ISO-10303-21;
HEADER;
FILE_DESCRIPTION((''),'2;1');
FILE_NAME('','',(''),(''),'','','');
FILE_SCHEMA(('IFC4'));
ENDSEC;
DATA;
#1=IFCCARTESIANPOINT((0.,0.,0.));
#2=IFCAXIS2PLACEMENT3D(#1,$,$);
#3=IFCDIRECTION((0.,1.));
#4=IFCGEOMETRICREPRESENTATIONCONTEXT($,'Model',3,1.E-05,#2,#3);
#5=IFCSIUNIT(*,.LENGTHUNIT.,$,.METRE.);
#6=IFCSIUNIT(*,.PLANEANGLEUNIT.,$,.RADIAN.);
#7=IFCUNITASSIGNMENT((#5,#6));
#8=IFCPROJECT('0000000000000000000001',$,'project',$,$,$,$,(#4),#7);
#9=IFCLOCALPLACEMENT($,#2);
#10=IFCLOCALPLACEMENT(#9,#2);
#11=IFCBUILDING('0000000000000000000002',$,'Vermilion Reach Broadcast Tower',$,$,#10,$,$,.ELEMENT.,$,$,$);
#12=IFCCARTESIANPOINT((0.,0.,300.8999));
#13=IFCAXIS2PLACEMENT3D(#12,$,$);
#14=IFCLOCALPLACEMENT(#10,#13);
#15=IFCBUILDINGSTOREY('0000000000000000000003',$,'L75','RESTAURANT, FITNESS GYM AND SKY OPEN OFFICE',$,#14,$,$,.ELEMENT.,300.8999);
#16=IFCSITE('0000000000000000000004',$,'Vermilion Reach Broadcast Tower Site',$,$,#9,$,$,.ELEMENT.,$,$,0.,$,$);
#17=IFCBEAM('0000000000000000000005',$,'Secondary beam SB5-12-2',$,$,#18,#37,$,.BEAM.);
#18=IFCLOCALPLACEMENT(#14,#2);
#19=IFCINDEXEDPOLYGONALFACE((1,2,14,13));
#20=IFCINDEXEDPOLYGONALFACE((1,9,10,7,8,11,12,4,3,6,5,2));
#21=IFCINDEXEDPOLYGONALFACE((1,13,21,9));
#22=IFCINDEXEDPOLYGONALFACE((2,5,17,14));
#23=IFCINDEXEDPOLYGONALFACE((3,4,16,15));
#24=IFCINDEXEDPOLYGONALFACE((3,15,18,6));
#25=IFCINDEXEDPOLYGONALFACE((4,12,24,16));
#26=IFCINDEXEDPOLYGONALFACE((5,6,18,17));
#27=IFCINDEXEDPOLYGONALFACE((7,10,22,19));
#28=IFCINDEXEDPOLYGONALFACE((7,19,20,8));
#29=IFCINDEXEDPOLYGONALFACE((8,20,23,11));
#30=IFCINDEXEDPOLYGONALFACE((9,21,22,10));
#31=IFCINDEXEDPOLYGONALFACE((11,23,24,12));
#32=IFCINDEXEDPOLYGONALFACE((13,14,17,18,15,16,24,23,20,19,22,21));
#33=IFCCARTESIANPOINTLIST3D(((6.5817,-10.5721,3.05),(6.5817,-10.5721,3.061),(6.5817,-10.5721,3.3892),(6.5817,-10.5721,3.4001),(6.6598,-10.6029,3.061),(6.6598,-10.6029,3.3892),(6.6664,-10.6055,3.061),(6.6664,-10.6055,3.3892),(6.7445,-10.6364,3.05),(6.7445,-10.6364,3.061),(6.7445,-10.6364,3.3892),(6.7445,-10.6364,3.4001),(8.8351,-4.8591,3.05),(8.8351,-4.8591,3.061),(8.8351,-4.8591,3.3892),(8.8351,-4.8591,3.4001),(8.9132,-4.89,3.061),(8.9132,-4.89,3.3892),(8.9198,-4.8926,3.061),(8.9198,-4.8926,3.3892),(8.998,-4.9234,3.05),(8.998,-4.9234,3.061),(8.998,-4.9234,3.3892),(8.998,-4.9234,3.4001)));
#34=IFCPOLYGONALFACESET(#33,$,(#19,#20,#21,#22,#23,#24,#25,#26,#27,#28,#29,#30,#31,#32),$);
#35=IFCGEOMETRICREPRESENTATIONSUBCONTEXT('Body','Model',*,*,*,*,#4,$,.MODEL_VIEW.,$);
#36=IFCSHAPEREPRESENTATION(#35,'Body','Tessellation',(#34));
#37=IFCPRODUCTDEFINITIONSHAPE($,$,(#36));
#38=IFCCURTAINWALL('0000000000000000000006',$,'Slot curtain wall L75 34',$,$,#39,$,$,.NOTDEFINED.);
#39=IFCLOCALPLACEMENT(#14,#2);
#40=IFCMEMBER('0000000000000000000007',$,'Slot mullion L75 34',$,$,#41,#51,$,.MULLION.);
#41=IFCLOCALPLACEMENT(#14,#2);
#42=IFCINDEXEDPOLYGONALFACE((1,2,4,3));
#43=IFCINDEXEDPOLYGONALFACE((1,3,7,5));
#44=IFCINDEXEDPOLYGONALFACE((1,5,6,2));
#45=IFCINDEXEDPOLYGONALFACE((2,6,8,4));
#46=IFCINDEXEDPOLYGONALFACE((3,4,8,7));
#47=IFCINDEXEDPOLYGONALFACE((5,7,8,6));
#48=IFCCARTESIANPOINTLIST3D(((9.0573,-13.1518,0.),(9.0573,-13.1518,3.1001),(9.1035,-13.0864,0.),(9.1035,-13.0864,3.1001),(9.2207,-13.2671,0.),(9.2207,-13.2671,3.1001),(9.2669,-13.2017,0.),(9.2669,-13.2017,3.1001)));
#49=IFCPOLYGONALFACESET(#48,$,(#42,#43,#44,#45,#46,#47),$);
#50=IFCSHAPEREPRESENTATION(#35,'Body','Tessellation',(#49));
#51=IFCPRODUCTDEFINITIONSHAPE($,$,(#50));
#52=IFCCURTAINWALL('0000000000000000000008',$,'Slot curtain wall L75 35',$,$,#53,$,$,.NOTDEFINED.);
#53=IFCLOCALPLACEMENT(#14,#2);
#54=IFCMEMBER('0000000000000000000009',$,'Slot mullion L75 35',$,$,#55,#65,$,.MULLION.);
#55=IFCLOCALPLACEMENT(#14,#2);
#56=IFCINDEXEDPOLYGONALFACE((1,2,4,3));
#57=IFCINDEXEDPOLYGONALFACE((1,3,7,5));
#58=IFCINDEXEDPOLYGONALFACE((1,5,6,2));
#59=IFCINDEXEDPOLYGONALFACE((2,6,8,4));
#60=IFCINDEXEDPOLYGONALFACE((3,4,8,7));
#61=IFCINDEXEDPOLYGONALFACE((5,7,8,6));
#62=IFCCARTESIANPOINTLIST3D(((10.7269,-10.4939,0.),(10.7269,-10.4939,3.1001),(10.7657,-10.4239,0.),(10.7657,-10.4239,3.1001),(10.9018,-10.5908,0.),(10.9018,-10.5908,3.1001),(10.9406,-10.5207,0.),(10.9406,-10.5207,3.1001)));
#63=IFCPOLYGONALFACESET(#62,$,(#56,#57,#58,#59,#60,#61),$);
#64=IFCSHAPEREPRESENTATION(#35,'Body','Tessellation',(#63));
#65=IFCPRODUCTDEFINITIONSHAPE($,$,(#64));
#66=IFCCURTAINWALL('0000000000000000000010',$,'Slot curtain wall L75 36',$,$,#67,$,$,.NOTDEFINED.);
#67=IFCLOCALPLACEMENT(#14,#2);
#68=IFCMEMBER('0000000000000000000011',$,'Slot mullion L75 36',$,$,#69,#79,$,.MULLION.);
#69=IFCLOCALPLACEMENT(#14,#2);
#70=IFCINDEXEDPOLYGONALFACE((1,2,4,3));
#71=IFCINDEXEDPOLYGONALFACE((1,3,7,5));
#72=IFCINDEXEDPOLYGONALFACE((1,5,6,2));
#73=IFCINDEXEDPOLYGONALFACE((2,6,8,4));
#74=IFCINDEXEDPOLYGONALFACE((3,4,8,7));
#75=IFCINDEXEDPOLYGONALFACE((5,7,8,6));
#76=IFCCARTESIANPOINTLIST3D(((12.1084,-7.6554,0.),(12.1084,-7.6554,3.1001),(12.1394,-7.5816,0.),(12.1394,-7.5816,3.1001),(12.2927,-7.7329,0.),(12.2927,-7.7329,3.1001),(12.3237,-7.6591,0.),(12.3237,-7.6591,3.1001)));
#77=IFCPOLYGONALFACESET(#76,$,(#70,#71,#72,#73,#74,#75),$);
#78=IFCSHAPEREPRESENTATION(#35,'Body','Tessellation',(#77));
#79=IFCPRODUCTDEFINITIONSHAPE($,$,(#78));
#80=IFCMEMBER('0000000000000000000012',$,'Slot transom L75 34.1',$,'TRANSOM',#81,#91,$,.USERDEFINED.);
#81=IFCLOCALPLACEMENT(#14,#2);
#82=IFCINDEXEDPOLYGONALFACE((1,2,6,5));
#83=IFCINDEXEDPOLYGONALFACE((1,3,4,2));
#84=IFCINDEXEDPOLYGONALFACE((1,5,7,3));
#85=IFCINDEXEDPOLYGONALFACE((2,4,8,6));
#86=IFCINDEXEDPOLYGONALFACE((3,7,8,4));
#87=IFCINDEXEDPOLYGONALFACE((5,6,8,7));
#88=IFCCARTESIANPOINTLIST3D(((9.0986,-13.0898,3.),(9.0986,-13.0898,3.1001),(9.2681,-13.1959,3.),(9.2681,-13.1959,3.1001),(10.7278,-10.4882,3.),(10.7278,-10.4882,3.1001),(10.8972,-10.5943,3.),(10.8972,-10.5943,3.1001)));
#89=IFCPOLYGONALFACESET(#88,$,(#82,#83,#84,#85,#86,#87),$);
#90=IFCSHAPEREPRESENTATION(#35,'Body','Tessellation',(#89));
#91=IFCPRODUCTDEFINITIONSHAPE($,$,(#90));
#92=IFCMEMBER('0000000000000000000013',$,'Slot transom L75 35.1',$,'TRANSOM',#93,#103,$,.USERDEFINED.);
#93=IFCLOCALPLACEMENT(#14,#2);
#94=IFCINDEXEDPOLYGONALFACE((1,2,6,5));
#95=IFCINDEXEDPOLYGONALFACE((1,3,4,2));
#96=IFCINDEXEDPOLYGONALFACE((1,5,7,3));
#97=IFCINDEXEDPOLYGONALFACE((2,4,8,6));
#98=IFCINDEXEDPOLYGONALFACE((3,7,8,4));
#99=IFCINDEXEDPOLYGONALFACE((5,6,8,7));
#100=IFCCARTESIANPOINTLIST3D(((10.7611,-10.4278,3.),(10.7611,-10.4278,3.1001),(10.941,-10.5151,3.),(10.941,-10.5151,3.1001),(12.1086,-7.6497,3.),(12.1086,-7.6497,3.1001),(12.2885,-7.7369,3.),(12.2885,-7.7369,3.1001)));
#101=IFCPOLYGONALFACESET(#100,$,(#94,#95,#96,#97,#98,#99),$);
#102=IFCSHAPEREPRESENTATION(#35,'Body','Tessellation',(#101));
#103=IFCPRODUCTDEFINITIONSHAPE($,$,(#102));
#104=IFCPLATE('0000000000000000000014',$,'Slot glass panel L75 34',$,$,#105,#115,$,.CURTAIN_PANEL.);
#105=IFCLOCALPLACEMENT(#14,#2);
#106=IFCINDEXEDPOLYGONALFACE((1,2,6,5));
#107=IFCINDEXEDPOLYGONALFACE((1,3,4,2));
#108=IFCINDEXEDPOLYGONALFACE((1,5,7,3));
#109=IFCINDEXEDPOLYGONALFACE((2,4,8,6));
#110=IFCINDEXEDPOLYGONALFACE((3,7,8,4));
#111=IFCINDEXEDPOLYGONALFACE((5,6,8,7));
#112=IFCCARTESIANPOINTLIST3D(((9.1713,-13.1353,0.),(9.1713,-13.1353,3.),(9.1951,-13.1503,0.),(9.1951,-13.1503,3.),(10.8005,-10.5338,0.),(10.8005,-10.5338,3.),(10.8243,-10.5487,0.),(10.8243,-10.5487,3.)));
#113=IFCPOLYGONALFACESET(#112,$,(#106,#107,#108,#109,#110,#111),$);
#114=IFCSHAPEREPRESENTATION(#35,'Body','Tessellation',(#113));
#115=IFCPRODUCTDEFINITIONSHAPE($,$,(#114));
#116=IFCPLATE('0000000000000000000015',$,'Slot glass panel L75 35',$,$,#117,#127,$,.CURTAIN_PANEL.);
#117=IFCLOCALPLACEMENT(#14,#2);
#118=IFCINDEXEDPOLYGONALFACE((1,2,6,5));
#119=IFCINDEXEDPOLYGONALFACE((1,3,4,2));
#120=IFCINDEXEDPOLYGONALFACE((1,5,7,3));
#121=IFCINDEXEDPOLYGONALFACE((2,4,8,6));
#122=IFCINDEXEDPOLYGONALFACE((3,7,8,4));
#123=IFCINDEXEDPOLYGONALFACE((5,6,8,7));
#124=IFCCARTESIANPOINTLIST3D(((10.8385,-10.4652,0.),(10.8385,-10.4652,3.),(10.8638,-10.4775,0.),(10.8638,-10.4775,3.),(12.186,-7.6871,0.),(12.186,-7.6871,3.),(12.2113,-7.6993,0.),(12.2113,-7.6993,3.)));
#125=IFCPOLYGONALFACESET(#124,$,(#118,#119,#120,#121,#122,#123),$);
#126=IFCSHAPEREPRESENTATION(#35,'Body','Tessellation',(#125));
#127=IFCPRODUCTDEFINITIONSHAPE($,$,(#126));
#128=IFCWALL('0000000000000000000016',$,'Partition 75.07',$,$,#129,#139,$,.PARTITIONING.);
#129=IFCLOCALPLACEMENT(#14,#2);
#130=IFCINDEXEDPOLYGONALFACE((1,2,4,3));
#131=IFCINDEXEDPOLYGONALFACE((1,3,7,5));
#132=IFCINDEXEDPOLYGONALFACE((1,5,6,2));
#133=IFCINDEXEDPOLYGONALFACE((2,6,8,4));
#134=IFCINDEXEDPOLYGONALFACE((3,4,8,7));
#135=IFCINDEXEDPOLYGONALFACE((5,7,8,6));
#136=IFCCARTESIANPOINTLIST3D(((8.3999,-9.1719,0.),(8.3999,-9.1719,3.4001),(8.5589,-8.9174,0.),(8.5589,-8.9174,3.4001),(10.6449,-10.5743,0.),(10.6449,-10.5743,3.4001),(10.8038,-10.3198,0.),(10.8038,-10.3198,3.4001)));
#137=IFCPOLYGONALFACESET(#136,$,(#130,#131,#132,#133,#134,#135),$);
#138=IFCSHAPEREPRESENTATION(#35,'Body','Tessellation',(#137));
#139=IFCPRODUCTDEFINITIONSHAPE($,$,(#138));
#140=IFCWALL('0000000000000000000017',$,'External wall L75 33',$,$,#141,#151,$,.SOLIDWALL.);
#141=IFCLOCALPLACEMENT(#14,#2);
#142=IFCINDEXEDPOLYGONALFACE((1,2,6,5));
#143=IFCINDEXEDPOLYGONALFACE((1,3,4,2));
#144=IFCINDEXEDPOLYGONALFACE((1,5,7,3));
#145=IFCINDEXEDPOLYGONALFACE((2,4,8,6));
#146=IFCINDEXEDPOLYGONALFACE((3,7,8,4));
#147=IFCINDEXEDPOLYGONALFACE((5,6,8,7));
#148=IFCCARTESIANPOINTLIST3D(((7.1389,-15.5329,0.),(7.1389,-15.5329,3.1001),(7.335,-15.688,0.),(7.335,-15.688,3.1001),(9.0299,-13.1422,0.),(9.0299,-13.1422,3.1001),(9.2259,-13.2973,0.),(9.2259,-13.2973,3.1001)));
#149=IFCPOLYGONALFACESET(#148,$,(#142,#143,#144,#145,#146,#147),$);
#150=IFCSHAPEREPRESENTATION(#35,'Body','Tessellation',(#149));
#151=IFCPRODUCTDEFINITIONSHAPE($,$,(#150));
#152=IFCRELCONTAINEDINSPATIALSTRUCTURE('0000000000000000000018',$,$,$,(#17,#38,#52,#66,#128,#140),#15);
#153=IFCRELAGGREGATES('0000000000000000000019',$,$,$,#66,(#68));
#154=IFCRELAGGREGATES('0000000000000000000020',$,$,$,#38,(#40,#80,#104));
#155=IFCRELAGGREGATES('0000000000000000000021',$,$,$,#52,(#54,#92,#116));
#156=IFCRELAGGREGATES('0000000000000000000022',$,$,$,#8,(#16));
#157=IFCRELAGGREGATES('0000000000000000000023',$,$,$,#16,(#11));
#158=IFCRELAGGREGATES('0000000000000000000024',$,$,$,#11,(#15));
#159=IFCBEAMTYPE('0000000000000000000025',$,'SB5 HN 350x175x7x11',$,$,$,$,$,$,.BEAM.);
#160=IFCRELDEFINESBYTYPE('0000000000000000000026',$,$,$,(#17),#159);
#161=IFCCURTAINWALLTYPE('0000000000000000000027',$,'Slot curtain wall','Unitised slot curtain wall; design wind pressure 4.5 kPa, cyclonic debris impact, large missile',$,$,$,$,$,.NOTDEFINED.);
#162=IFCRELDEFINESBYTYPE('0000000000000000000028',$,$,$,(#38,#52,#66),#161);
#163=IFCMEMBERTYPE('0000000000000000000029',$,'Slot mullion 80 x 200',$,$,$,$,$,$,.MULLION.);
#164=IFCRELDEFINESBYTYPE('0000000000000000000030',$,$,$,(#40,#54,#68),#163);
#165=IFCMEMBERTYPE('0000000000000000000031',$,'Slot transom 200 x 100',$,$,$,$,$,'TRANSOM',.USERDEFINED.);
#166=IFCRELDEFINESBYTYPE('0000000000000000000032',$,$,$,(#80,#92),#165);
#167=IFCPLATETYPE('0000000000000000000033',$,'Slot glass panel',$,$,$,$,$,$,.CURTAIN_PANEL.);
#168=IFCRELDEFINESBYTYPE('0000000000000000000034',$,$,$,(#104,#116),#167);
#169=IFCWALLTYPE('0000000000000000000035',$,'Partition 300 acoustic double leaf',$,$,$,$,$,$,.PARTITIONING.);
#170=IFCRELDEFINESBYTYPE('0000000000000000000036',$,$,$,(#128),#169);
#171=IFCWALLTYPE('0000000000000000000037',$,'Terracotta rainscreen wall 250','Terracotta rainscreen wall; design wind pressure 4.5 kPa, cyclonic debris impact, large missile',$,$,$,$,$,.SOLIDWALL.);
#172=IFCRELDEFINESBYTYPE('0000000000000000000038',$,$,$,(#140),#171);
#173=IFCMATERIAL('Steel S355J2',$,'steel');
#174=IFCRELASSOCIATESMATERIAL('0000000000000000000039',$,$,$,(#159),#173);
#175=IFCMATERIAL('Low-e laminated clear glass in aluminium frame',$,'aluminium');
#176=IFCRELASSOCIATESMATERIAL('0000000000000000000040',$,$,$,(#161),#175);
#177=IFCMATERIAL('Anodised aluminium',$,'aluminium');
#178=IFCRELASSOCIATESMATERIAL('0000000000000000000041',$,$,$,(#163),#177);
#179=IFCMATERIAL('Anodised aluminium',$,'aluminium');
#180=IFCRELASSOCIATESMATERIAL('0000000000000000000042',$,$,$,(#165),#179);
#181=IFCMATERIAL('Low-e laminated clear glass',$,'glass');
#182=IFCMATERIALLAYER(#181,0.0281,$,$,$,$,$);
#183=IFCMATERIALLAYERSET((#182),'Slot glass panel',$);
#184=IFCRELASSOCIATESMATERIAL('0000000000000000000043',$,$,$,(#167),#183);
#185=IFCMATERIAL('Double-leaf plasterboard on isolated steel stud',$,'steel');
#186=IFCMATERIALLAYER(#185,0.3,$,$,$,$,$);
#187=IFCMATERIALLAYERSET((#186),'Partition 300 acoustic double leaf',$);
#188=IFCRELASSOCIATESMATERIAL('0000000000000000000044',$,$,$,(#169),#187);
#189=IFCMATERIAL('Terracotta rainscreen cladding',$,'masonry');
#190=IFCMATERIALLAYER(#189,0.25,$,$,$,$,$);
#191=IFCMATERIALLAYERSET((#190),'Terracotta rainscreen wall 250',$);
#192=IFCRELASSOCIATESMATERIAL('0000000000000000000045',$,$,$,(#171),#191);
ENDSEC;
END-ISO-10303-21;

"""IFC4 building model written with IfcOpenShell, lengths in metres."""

from ifc_helpers import new_model, si_unit, direction, frame, frame_2d, origin, origin_2d, place, context, subcontext, project, spatial, rectangle, i_section, extrude, material, layer, layer_set, material_profile, profile_set, type_object, element, aggregate, save


model = new_model("IFC4")

# Units and contexts
model_context = context("Model", 3, precision=1e-05, world=origin(), true_north=direction((0.0, 1.0)))
body_context = subcontext(model_context, "Body", "Model", "MODEL_VIEW")
ifc_project = project(units=[si_unit("LENGTHUNIT", "METRE"), si_unit("PLANEANGLEUNIT", "RADIAN")], contexts=[model_context])

# Site, building, storey
site_placement = place(None, origin())
site = spatial("IfcSite", under=ifc_project, at=site_placement, Name="Vermilion Reach Broadcast Tower Site", CompositionType="ELEMENT", RefElevation=0.0)
building_placement = place(site_placement, origin())
building = spatial("IfcBuilding", under=site, at=building_placement, Name="Vermilion Reach Broadcast Tower", CompositionType="ELEMENT")
storey_placement = place(building_placement, frame((0.0, 0.0, 300.8999)))
storey = spatial("IfcBuildingStorey", under=building, at=storey_placement, Name="L75", Description="RESTAURANT, FITNESS GYM AND SKY OPEN OFFICE", CompositionType="ELEMENT", Elevation=300.8999)

# Beam
ifc_material_1 = material(Name="Steel S355J2", Category="steel")
ifc_material_profile_1 = material_profile(ifc_material_1, i_section(OverallWidth=0.175, OverallDepth=0.3501, WebThickness=0.0071, FlangeThickness=0.011, at=origin_2d()), Name="S355J2 HN 350x175x7x11")
ifc_profile_set_1 = profile_set([ifc_material_profile_1], Name="Steel S355J2")
beam_type_1 = type_object("IfcBeamType", Name="SB5 HN 350x175x7x11", PredefinedType="BEAM", material=ifc_profile_set_1)
beam_1_placement = place(storey_placement, frame((6.6631, -10.6042, 3.2251), z_axis=(0.366931, 0.930248, 0.0), x_axis=(-0.930248, 0.366931, 0.0)))
element("IfcBeam", 1, at=beam_1_placement, inside=storey, type_object=beam_type_1, Name="Secondary beam SB5-12-2", PredefinedType="BEAM", context=body_context, shape_type="SweptSolid", body=[
    extrude(i_section(OverallWidth=0.175, OverallDepth=0.3501, WebThickness=0.0071, FlangeThickness=0.011, at=origin_2d()), origin(), (0.0, 0.0, 1.0), 6.1414),
])

# Curtain walls, members
ifc_material_2 = material(Name="Low-e laminated clear glass in aluminium frame", Category="aluminium")
curtain_wall_type = type_object("IfcCurtainWallType", Name="Slot curtain wall", Description="Unitised slot curtain wall; design wind pressure 4.5 kPa, cyclonic debris impact, large missile", PredefinedType="NOTDEFINED", material=ifc_material_2)
placement = place(storey_placement, origin())
curtain_wall_1 = element("IfcCurtainWall", 2, at=placement, inside=storey, type_object=curtain_wall_type, Name="Slot curtain wall L75 34", PredefinedType="NOTDEFINED")
ifc_material_3 = material(Name="Anodised aluminium", Category="aluminium")
ifc_material_profile_2 = material_profile(ifc_material_3, rectangle(XDim=0.2, YDim=0.0801, at=origin_2d()), Name="Slot mullion 80 x 200")
ifc_profile_set_2 = profile_set([ifc_material_profile_2], Name="Anodised aluminium")
member_type_1 = type_object("IfcMemberType", Name="Slot mullion 80 x 200", PredefinedType="MULLION", material=ifc_profile_set_2)
member_1_placement = place(storey_placement, frame((9.1621, -13.1768, 0.0), z_axis=(0.0, 0.0, 1.0), x_axis=(-0.817135, 0.576446, 0.0)))
member_1 = element("IfcMember", 3, at=member_1_placement, type_object=member_type_1, Name="Slot mullion L75 34", PredefinedType="MULLION", context=body_context, shape_type="SweptSolid", body=[
    extrude(rectangle(XDim=0.2, YDim=0.0801, at=origin_2d()), origin(), (0.0, 0.0, 1.0), 3.1001),
])
curtain_wall_2 = element("IfcCurtainWall", 4, at=placement, inside=storey, type_object=curtain_wall_type, Name="Slot curtain wall L75 35", PredefinedType="NOTDEFINED")
member_2_placement = place(storey_placement, frame((10.8337, -10.5073, 0.0), z_axis=(0.0, 0.0, 1.0), x_axis=(-0.874908, 0.484289, 0.0)))
member_2 = element("IfcMember", 5, at=member_2_placement, type_object=member_type_1, Name="Slot mullion L75 35", PredefinedType="MULLION", context=body_context, shape_type="SweptSolid", body=[
    extrude(rectangle(XDim=0.2, YDim=0.0801, at=origin_2d()), origin(), (0.0, 0.0, 1.0), 3.1001),
])
curtain_wall_3 = element("IfcCurtainWall", 6, at=placement, inside=storey, type_object=curtain_wall_type, Name="Slot curtain wall L75 36", PredefinedType="NOTDEFINED")
member_3_placement = place(storey_placement, frame((12.2161, -7.6572, 0.0), z_axis=(0.0, 0.0, 1.0), x_axis=(-0.921863, 0.387516, 0.0)))
member_3 = element("IfcMember", 7, at=member_3_placement, type_object=member_type_1, Name="Slot mullion L75 36", PredefinedType="MULLION", context=body_context, shape_type="SweptSolid", body=[
    extrude(rectangle(XDim=0.2, YDim=0.0801, at=origin_2d()), origin(), (0.0, 0.0, 1.0), 3.1001),
])
aggregate(curtain_wall_3, [member_3])

# Members
ifc_material_4 = material(Name="Anodised aluminium", Category="aluminium")
ifc_material_profile_3 = material_profile(ifc_material_4, rectangle(XDim=0.2, YDim=0.1001, at=origin_2d()), Name="Slot transom 200 x 100")
ifc_profile_set_3 = profile_set([ifc_material_profile_3], Name="Anodised aluminium")
member_type_2 = type_object("IfcMemberType", Name="Slot transom 200 x 100", ElementType="TRANSOM", PredefinedType="USERDEFINED", material=ifc_profile_set_3)
member_4_placement = place(storey_placement, frame((9.1833, -13.1428, 3.05), z_axis=(0.530742, 0.847533, 0.0), x_axis=(-0.847533, 0.530742, 0.0)))
member_4 = element("IfcMember", 8, at=member_4_placement, type_object=member_type_2, Name="Slot transom L75 34.1", ObjectType="TRANSOM", PredefinedType="USERDEFINED", context=body_context, shape_type="SweptSolid", body=[
    extrude(rectangle(XDim=0.2, YDim=0.1001, at=origin_2d()), origin(), (0.0, 0.0, 1.0), 3.0696),
])
member_5_placement = place(storey_placement, frame((10.8511, -10.4714, 3.05), z_axis=(0.436396, 0.899755, 0.0), x_axis=(-0.899755, 0.436396, 0.0)))
member_5 = element("IfcMember", 9, at=member_5_placement, type_object=member_type_2, Name="Slot transom L75 35.1", ObjectType="TRANSOM", PredefinedType="USERDEFINED", context=body_context, shape_type="SweptSolid", body=[
    extrude(rectangle(XDim=0.2, YDim=0.1001, at=origin_2d()), origin(), (0.0, 0.0, 1.0), 3.0876),
])

# Plates
ifc_material_5 = material(Name="Low-e laminated clear glass", Category="glass")
ifc_layer_1 = layer(ifc_material_5, 0.0281)
ifc_layer_set_1 = layer_set([ifc_layer_1], Name="Slot glass panel")
plate_type = type_object("IfcPlateType", Name="Slot glass panel", PredefinedType="CURTAIN_PANEL", material=ifc_layer_set_1)
plate_1_placement = place(storey_placement, frame((9.9978, -11.842, 0.0), z_axis=(0.0, 0.0, 1.0), x_axis=(0.530771, 0.847516, 0.0)))
plate_1 = element("IfcPlate", 10, at=plate_1_placement, type_object=plate_type, Name="Slot glass panel L75 34", PredefinedType="CURTAIN_PANEL", context=body_context, shape_type="SweptSolid", body=[
    extrude(rectangle(XDim=3.0696, YDim=0.0281, at=origin_2d()), origin(), (0.0, 0.0, 1.0), 3.0),
])
aggregate(curtain_wall_1, [member_1, member_4, plate_1])
plate_2_placement = place(storey_placement, frame((11.5249, -9.0823, 0.0), z_axis=(0.0, 0.0, 1.0), x_axis=(0.436399, 0.899753, 0.0)))
plate_2 = element("IfcPlate", 11, at=plate_2_placement, type_object=plate_type, Name="Slot glass panel L75 35", PredefinedType="CURTAIN_PANEL", context=body_context, shape_type="SweptSolid", body=[
    extrude(rectangle(XDim=3.0876, YDim=0.0281, at=origin_2d()), origin(), (0.0, 0.0, 1.0), 3.0),
])
aggregate(curtain_wall_2, [member_2, member_5, plate_2])

# Wall
ifc_material_6 = material(Name="Double-leaf plasterboard on isolated steel stud", Category="steel")
ifc_layer_2 = layer(ifc_material_6, 0.3)
ifc_layer_set_2 = layer_set([ifc_layer_2], Name="Partition 300 acoustic double leaf")
wall_type_1 = type_object("IfcWallType", Name="Partition 300 acoustic double leaf", PredefinedType="PARTITIONING", material=ifc_layer_set_2)
wall_1_placement = place(storey_placement, frame((10.7244, -10.447, 0.0), z_axis=(0.0, 0.0, 1.0), x_axis=(-0.848117, 0.529808, 0.0)))
element("IfcWall", 12, at=wall_1_placement, inside=storey, type_object=wall_type_1, Name="Partition 75.07", PredefinedType="PARTITIONING", context=body_context, shape_type="SweptSolid", body=[
    extrude(rectangle(XDim=2.647, YDim=0.3, at=frame_2d((1.3235, 0.0))), origin(), (0.0, 0.0, 1.0), 3.4001),
])

# Shared definitions
ifc_material_7 = material(Name="Terracotta rainscreen cladding", Category="masonry")
ifc_layer_3 = layer(ifc_material_7, 0.25)
ifc_layer_set_3 = layer_set([ifc_layer_3], Name="Terracotta rainscreen wall 250")
wall_type_2 = type_object("IfcWallType", Name="Terracotta rainscreen wall 250", Description="Terracotta rainscreen wall; design wind pressure 4.5 kPa, cyclonic debris impact, large missile", PredefinedType="SOLIDWALL", material=ifc_layer_set_3)

# Wall
wall_2_placement = place(storey_placement, frame((7.2371, -15.6104, 0.0), z_axis=(0.0, 0.0, 1.0), x_axis=(0.620358, 0.784319, 0.0)))
element("IfcWall", 13, at=wall_2_placement, inside=storey, type_object=wall_type_2, Name="External wall L75 33", PredefinedType="SOLIDWALL", context=body_context, shape_type="SweptSolid", body=[
    extrude(rectangle(XDim=3.0481, YDim=0.25, at=frame_2d((1.5239, 0.0))), origin(), (0.0, 0.0, 1.0), 3.1001),
])

save(model, "model.ifc")
